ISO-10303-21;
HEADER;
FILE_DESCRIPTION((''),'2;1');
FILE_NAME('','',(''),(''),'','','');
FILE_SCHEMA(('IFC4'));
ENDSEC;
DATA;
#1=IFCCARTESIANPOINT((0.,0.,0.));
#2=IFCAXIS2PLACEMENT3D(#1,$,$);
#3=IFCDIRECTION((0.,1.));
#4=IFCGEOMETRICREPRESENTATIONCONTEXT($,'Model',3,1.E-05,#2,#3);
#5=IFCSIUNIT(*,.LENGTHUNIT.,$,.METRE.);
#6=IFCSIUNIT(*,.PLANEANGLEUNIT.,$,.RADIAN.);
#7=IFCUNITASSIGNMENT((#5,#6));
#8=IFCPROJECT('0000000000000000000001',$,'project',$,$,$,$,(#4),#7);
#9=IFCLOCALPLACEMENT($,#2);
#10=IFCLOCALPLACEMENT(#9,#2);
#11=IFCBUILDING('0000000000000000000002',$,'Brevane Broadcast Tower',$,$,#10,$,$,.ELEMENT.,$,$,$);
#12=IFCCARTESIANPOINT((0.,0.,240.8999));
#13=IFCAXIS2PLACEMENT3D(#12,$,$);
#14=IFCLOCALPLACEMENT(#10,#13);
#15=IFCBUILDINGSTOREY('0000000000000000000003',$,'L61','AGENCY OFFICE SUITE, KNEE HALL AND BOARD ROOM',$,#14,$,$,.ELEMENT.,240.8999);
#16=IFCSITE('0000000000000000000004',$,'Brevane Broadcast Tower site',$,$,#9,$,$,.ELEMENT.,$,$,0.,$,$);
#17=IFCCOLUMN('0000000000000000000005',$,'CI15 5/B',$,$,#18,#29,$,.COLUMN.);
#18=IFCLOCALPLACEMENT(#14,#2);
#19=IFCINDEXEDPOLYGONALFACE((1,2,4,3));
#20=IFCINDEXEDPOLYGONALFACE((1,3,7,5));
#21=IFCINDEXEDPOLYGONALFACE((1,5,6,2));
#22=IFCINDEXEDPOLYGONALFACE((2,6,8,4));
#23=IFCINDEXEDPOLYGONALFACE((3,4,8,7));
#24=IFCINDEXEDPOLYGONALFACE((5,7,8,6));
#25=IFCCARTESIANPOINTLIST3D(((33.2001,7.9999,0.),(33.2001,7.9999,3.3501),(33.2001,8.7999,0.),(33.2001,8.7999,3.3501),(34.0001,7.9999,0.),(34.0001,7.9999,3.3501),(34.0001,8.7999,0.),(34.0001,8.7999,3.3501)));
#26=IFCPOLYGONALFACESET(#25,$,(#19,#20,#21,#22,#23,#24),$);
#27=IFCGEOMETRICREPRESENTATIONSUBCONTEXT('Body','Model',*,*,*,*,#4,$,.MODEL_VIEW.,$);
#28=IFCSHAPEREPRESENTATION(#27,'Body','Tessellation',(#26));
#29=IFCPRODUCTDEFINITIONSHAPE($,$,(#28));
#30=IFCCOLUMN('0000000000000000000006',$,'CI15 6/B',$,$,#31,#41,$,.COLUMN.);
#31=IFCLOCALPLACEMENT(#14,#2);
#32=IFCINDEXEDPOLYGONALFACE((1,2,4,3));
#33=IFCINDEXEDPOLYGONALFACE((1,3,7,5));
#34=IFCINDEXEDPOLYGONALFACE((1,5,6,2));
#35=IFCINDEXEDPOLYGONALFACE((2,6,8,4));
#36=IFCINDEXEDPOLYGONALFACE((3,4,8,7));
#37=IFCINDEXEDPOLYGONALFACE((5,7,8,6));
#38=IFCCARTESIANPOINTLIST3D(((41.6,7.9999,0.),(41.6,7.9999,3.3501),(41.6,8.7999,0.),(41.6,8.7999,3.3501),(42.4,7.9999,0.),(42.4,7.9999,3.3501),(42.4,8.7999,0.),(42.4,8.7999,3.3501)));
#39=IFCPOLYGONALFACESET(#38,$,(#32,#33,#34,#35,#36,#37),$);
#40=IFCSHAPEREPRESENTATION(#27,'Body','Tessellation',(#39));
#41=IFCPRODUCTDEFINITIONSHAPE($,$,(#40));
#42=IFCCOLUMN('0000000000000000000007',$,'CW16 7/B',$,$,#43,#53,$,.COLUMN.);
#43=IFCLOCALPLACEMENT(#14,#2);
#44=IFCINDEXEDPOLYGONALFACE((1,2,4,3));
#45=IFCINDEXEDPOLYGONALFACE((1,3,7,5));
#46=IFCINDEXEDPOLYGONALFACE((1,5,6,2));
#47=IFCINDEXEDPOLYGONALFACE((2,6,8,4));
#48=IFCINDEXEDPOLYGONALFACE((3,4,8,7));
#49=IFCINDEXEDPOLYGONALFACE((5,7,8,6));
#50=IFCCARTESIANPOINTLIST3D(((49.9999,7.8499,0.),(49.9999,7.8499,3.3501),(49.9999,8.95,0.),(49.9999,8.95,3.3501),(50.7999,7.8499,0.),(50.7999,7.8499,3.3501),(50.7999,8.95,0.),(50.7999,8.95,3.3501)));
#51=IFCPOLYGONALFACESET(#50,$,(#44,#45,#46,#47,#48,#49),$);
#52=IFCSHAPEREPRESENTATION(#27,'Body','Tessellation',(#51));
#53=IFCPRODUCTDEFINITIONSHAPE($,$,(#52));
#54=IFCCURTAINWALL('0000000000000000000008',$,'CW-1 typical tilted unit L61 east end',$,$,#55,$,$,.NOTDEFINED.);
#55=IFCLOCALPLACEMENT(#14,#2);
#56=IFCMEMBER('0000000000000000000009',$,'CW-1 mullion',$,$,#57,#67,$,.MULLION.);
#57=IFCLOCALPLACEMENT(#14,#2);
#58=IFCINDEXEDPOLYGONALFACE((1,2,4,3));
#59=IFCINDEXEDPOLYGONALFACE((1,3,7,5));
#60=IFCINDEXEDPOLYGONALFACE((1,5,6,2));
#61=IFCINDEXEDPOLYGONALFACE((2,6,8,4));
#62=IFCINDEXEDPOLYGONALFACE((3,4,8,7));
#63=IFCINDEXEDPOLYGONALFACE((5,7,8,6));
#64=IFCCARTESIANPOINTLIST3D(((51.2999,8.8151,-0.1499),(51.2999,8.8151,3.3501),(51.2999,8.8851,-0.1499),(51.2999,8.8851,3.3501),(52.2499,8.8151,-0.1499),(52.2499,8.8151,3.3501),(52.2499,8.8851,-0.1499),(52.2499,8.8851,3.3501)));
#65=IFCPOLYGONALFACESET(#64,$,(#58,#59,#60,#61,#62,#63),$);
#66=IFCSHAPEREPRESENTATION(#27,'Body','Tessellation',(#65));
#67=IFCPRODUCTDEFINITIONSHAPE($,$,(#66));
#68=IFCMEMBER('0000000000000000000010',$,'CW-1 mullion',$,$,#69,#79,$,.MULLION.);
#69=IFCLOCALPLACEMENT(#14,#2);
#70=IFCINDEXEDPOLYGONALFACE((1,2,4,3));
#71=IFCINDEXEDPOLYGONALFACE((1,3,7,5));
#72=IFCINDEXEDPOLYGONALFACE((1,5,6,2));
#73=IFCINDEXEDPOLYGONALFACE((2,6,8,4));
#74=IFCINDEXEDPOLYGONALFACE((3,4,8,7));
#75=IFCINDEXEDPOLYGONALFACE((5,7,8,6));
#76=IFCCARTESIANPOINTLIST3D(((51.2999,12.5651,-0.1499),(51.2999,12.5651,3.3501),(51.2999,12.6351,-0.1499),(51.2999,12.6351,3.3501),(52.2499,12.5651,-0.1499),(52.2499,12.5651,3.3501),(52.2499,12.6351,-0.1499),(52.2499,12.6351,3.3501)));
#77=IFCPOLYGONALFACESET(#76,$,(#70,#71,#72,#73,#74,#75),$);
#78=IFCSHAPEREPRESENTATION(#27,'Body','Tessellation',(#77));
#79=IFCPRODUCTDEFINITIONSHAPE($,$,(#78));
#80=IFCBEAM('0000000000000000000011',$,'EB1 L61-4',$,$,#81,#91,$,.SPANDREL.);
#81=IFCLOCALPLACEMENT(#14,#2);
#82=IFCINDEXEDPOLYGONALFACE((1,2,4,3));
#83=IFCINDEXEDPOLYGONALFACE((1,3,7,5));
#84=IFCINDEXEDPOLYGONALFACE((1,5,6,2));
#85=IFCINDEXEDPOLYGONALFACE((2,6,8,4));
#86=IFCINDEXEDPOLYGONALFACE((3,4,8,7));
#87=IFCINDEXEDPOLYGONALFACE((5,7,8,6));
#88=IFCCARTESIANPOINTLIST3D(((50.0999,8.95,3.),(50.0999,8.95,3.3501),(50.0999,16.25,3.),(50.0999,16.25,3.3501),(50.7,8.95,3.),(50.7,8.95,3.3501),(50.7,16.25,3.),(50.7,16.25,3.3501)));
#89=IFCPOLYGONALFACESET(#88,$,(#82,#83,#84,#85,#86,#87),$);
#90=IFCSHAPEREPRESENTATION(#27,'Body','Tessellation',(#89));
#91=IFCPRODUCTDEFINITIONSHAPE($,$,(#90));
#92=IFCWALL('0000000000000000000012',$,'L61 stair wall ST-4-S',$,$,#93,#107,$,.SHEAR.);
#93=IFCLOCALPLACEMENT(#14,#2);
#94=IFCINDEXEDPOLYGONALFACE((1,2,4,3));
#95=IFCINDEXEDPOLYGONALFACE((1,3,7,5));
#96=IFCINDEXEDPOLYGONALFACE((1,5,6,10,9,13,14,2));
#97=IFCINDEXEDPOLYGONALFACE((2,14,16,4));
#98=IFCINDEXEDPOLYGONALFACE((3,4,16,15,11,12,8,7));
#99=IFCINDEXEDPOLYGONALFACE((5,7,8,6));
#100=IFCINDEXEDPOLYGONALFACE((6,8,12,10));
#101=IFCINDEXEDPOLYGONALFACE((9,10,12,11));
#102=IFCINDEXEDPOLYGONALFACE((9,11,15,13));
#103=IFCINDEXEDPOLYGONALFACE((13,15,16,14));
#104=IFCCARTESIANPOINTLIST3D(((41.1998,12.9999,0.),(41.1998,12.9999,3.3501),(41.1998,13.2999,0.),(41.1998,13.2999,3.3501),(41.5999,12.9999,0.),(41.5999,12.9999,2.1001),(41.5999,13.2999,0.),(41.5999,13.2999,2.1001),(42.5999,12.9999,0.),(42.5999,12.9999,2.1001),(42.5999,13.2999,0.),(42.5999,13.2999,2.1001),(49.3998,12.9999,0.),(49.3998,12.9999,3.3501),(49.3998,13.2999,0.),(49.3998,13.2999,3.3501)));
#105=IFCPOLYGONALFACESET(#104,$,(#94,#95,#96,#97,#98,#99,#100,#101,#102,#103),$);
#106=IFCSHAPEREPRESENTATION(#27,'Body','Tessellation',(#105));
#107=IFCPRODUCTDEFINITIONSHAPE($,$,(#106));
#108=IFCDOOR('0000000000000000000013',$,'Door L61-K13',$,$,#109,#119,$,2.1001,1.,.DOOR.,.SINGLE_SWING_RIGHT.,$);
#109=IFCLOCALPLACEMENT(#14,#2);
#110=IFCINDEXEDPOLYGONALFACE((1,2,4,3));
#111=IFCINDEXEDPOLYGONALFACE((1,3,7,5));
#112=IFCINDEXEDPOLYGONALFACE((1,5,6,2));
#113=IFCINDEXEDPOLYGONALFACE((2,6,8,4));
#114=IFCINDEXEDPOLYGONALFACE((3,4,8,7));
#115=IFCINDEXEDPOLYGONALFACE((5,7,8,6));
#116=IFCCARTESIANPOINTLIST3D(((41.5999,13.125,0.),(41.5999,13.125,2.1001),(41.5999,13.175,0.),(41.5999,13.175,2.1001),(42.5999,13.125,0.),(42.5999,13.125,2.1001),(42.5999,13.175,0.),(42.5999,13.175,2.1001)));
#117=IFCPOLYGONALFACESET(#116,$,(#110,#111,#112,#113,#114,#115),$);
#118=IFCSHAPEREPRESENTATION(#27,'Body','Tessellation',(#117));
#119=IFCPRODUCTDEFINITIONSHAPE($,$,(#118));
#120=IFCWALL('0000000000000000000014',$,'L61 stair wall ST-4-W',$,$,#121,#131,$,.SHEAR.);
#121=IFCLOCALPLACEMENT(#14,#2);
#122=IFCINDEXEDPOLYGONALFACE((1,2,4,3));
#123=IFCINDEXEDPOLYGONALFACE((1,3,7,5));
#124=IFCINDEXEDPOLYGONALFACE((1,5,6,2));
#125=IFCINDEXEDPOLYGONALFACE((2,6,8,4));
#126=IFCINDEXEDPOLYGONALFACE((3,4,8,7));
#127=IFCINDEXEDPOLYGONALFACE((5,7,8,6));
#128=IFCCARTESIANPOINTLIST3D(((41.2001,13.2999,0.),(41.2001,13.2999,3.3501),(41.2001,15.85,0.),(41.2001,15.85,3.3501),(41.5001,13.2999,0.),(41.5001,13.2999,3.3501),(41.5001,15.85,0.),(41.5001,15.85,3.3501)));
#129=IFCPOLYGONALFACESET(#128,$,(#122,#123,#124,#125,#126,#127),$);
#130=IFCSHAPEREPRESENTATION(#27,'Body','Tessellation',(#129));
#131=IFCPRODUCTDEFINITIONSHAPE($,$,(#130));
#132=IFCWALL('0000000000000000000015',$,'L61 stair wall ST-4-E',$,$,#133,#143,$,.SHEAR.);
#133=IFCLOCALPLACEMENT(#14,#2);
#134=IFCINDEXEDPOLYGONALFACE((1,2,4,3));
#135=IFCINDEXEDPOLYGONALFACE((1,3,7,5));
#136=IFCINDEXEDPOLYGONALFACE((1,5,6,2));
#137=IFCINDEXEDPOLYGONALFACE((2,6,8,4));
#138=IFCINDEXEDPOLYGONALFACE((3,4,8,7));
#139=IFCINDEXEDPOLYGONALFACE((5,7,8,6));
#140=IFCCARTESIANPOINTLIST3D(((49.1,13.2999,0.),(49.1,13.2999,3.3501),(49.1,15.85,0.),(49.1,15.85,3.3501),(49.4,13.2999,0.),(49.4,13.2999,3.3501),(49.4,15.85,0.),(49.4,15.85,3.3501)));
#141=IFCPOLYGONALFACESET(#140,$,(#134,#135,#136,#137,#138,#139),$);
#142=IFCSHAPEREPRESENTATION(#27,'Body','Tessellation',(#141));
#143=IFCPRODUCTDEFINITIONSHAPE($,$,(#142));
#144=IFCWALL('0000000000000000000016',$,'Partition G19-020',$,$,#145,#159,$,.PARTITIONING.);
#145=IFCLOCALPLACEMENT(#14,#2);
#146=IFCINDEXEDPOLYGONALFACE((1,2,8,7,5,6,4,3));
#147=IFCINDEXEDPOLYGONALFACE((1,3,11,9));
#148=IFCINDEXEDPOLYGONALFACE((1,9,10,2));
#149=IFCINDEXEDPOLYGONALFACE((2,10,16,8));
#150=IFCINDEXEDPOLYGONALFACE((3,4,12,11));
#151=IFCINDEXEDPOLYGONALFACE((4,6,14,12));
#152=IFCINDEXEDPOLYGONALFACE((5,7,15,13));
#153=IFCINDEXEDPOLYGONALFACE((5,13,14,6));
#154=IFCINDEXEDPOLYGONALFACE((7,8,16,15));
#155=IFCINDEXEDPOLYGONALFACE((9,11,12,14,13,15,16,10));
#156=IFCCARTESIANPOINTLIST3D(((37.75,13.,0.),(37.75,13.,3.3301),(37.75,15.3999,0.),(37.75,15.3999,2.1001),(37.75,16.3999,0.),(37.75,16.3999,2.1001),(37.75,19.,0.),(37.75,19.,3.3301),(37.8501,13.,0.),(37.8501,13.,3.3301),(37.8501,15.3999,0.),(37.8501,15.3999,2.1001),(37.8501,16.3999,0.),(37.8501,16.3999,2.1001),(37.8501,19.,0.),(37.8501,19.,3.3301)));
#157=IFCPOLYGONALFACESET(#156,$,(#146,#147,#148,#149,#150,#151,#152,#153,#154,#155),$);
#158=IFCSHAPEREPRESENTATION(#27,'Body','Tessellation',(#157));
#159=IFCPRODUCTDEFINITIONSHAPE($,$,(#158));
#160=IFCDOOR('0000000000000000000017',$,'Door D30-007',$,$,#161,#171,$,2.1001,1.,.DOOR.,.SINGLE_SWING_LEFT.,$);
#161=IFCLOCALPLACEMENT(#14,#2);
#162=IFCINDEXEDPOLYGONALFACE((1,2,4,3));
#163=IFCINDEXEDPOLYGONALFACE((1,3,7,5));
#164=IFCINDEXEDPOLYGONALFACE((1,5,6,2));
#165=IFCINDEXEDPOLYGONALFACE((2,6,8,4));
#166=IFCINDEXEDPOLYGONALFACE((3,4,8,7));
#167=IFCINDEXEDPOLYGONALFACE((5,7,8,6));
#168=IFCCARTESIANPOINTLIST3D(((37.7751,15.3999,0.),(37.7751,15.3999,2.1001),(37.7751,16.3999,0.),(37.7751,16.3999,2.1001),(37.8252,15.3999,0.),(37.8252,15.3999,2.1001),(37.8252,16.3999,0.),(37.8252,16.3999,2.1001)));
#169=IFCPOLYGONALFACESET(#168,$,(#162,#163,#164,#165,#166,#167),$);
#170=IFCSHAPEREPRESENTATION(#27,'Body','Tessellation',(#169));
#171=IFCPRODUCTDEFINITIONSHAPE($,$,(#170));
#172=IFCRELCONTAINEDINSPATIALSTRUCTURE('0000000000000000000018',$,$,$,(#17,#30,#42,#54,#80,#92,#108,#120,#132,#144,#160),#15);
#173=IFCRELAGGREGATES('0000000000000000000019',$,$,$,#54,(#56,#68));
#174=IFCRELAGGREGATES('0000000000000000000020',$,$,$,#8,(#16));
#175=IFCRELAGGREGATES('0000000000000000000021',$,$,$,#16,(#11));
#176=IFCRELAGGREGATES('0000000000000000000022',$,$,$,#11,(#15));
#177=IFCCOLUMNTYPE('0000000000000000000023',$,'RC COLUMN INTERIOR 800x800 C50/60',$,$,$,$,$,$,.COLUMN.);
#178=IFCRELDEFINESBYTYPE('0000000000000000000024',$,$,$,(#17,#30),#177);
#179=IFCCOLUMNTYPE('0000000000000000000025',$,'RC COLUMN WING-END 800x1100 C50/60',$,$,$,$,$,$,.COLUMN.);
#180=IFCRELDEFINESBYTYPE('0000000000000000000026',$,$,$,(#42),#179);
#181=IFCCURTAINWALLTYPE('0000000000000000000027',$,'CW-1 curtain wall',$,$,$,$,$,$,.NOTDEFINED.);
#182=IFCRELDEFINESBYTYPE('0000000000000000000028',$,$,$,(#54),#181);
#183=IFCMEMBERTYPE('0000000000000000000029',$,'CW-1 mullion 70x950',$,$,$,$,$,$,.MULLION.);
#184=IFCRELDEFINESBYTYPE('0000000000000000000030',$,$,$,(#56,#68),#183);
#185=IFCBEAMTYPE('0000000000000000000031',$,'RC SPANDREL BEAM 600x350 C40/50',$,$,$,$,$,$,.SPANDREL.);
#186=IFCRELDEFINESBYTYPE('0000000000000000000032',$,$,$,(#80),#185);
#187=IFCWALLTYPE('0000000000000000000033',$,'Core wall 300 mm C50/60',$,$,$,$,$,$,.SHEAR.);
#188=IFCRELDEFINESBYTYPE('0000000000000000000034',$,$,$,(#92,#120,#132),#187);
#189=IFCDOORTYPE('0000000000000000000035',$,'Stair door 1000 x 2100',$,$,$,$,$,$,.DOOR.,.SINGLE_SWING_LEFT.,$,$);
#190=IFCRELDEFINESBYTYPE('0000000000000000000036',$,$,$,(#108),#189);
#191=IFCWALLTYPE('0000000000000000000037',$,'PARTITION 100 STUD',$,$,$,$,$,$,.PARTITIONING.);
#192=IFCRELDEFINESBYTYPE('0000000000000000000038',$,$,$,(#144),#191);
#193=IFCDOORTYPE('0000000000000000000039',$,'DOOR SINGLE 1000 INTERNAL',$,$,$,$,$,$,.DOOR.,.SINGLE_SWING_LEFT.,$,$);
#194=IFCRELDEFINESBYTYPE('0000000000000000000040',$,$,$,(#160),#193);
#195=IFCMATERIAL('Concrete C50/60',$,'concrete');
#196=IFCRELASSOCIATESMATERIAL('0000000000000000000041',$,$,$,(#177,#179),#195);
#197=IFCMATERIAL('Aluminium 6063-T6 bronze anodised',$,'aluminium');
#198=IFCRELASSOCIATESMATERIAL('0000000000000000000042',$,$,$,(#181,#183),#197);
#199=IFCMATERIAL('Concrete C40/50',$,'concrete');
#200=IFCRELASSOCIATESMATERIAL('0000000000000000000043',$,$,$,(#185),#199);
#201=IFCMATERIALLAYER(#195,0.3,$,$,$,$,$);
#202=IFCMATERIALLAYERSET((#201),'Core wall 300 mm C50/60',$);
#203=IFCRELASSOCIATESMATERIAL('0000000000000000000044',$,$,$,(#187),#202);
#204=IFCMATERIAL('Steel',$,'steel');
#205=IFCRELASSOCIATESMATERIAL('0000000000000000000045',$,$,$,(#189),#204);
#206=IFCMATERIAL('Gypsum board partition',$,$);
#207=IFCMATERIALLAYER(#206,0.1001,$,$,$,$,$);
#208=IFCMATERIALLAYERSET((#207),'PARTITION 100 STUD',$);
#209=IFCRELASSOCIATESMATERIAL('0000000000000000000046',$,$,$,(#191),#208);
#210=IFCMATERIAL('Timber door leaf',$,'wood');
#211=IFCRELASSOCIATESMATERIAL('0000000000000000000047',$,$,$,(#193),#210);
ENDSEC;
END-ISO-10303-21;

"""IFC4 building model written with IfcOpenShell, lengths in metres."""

from ifc_helpers import new_model, si_unit, direction, frame, frame_2d, origin, origin_2d, place, context, subcontext, project, spatial, rectangle, extrude, material, layer, layer_set, material_profile, profile_set, type_object, element, fill, aggregate, save


model = new_model("IFC4")

# Units and contexts
model_context = context("Model", 3, precision=1e-05, world=origin(), true_north=direction((0.0, 1.0)))
body_context = subcontext(model_context, "Body", "Model", "MODEL_VIEW")
ifc_project = project(units=[si_unit("LENGTHUNIT", "METRE"), si_unit("PLANEANGLEUNIT", "RADIAN")], contexts=[model_context])

# Site, building, storey
site_placement = place(None, origin())
site = spatial("IfcSite", under=ifc_project, at=site_placement, Name="Brevane Broadcast Tower site", CompositionType="ELEMENT", RefElevation=0.0)
building_placement = place(site_placement, origin())
building = spatial("IfcBuilding", under=site, at=building_placement, Name="Brevane Broadcast Tower", CompositionType="ELEMENT")
storey_placement = place(building_placement, frame((0.0, 0.0, 240.8999)))
storey = spatial("IfcBuildingStorey", under=building, at=storey_placement, Name="L61", Description="AGENCY OFFICE SUITE, KNEE HALL AND BOARD ROOM", CompositionType="ELEMENT", Elevation=240.8999)

# Columns
ifc_material_1 = material(Name="Concrete C50/60", Category="concrete")
ifc_material_profile_1 = material_profile(ifc_material_1, rectangle(XDim=0.8, YDim=0.8, at=origin_2d()), Name="RC 800x800")
ifc_profile_set_1 = profile_set([ifc_material_profile_1], Name="Concrete C50/60")
column_type_1 = type_object("IfcColumnType", Name="RC COLUMN INTERIOR 800x800 C50/60", PredefinedType="COLUMN", material=ifc_profile_set_1)
for number, where, z_axis, x_axis, name in (
    (1, (33.6001, 8.3999, 0.0), (0.0, 0.0, 1.0), (1.0, 0.0, 0.0), "CI15 5/B"),
    (2, (42.0, 8.3999, 0.0), (0.0, 0.0, 1.0), (1.0, 0.0, 0.0), "CI15 6/B"),
):
    element("IfcColumn", number, at=place(storey_placement, frame(where, z_axis=z_axis, x_axis=x_axis)), inside=storey, type_object=column_type_1, Name=name, PredefinedType="COLUMN", context=body_context, shape_type="SweptSolid", body=[
        extrude(rectangle(XDim=0.8, YDim=0.8, at=origin_2d()), origin(), (0.0, 0.0, 1.0), 3.3501),
    ])
ifc_material_profile_2 = material_profile(ifc_material_1, rectangle(XDim=0.8, YDim=1.1001, at=origin_2d()), Name="RC 800x1100")
ifc_profile_set_2 = profile_set([ifc_material_profile_2], Name="Concrete C50/60")
column_type_2 = type_object("IfcColumnType", Name="RC COLUMN WING-END 800x1100 C50/60", PredefinedType="COLUMN", material=ifc_profile_set_2)
column_placement = place(storey_placement, frame((50.3999, 8.3999, 0.0), z_axis=(0.0, 0.0, 1.0), x_axis=(1.0, 0.0, 0.0)))
element("IfcColumn", 3, at=column_placement, inside=storey, type_object=column_type_2, Name="CW16 7/B", PredefinedType="COLUMN", context=body_context, shape_type="SweptSolid", body=[
    extrude(rectangle(XDim=0.8, YDim=1.1001, at=origin_2d()), origin(), (0.0, 0.0, 1.0), 3.3501),
])

# Curtain wall, members
ifc_material_2 = material(Name="Aluminium 6063-T6 bronze anodised", Category="aluminium")
curtain_wall_type = type_object("IfcCurtainWallType", Name="CW-1 curtain wall", PredefinedType="NOTDEFINED", material=ifc_material_2)
curtain_wall_placement = place(storey_placement, origin())
curtain_wall = element("IfcCurtainWall", 4, at=curtain_wall_placement, inside=storey, type_object=curtain_wall_type, Name="CW-1 typical tilted unit L61 east end", PredefinedType="NOTDEFINED")
ifc_material_profile_3 = material_profile(ifc_material_2, rectangle(XDim=0.95, YDim=0.0701, at=origin_2d()), Name="RECT 70x950")
ifc_profile_set_3 = profile_set([ifc_material_profile_3], Name="Aluminium 6063-T6 bronze anodised")
member_type = type_object("IfcMemberType", Name="CW-1 mullion 70x950", PredefinedType="MULLION", material=ifc_profile_set_3)
member_1_placement = place(storey_placement, frame((51.7749, 8.8501, -0.1499), z_axis=(0.0, 0.0, 1.0), x_axis=(-1.0, 0.0, 0.0)))
member_1 = element("IfcMember", 5, at=member_1_placement, type_object=member_type, Name="CW-1 mullion", PredefinedType="MULLION", context=body_context, shape_type="SweptSolid", body=[
    extrude(rectangle(XDim=0.95, YDim=0.0701, at=origin_2d()), origin(), (0.0, 0.0, 1.0), 3.5),
])
member_2_placement = place(storey_placement, frame((51.7749, 12.6001, -0.1499), z_axis=(0.0, 0.0, 1.0), x_axis=(-1.0, 0.0, 0.0)))
member_2 = element("IfcMember", 6, at=member_2_placement, type_object=member_type, Name="CW-1 mullion", PredefinedType="MULLION", context=body_context, shape_type="SweptSolid", body=[
    extrude(rectangle(XDim=0.95, YDim=0.0701, at=origin_2d()), origin(), (0.0, 0.0, 1.0), 3.5),
])
aggregate(curtain_wall, [member_1, member_2])

# Beam
ifc_material_3 = material(Name="Concrete C40/50", Category="concrete")
ifc_material_profile_4 = material_profile(ifc_material_3, rectangle(XDim=0.6001, YDim=0.3501, at=origin_2d()), Name="RC 600x350")
ifc_profile_set_4 = profile_set([ifc_material_profile_4], Name="Concrete C40/50")
beam_type = type_object("IfcBeamType", Name="RC SPANDREL BEAM 600x350 C40/50", PredefinedType="SPANDREL", material=ifc_profile_set_4)
beam_placement = place(storey_placement, frame((50.3999, 8.95, 3.175), z_axis=(0.0, 1.0, 0.0), x_axis=(-1.0, 0.0, 0.0)))
element("IfcBeam", 7, at=beam_placement, inside=storey, type_object=beam_type, Name="EB1 L61-4", PredefinedType="SPANDREL", context=body_context, shape_type="SweptSolid", body=[
    extrude(rectangle(XDim=0.6001, YDim=0.3501, at=origin_2d()), origin(), (0.0, 0.0, 1.0), 7.3),
])

# Wall, opening, door
ifc_layer_1 = layer(ifc_material_1, 0.3)
ifc_layer_set_1 = layer_set([ifc_layer_1], Name="Core wall 300 mm C50/60")
wall_type_1 = type_object("IfcWallType", Name="Core wall 300 mm C50/60", PredefinedType="SHEAR", material=ifc_layer_set_1)
wall_1_placement = place(storey_placement, frame((49.3999, 13.1499, 0.0), z_axis=(0.0, 0.0, 1.0), x_axis=(-1.0, 0.0, 0.0)))
wall_1 = element("IfcWall", 8, at=wall_1_placement, inside=storey, type_object=wall_type_1, Name="L61 stair wall ST-4-S", PredefinedType="SHEAR", context=body_context, shape_type="SweptSolid", body=[
    extrude(rectangle(XDim=8.2, YDim=0.3, at=frame_2d((4.1001, 0.0))), origin(), (0.0, 0.0, 1.0), 3.3501),
])
opening_1_placement = place(wall_1_placement, frame((6.8, 0.0, 0.0)))
opening_1 = element("IfcOpeningElement", 9, at=opening_1_placement, cuts=wall_1, PredefinedType="OPENING", context=body_context, shape_type="SweptSolid", body=[
    extrude(rectangle(XDim=1.0, YDim=2.1001, at=frame_2d((0.5, 1.05))), frame((0.0, 0.1599, 0.0), z_axis=(0.0, -1.0, 0.0), x_axis=(1.0, 0.0, 0.0)), (0.0, 0.0, 1.0), 0.3201),
])
ifc_material_4 = material(Name="Steel", Category="steel")
door_type_1 = type_object("IfcDoorType", Name="Stair door 1000 x 2100", OperationType="SINGLE_SWING_LEFT", PredefinedType="DOOR", material=ifc_material_4)
door_1_placement = place(opening_1_placement, origin())
door_1 = element("IfcDoor", 10, at=door_1_placement, inside=storey, type_object=door_type_1, Name="Door L61-K13", OperationType="SINGLE_SWING_RIGHT", OverallHeight=2.1001, OverallWidth=1.0, PredefinedType="DOOR", context=body_context, shape_type="SweptSolid", body=[
    extrude(rectangle(XDim=1.0, YDim=2.1001, at=frame_2d((0.5, 1.05))), frame((0.0, 0.0249, 0.0), z_axis=(0.0, -1.0, 0.0), x_axis=(1.0, 0.0, 0.0)), (0.0, 0.0, 1.0), 0.05),
])
fill(opening_1, door_1)

# Walls
for number, where, z_axis, x_axis, name in (
    (11, (41.3501, 13.3, 0.0), (0.0, 0.0, 1.0), (0.0, 1.0, 0.0), "L61 stair wall ST-4-W"),
    (12, (49.25, 13.3, 0.0), (0.0, 0.0, 1.0), (0.0, 1.0, 0.0), "L61 stair wall ST-4-E"),
):
    element("IfcWall", number, at=place(storey_placement, frame(where, z_axis=z_axis, x_axis=x_axis)), inside=storey, type_object=wall_type_1, Name=name, PredefinedType="SHEAR", context=body_context, shape_type="SweptSolid", body=[
        extrude(rectangle(XDim=2.55, YDim=0.3, at=frame_2d((1.2749, 0.0))), origin(), (0.0, 0.0, 1.0), 3.3501),
    ])

# Wall, opening, door
ifc_material_5 = material(Name="Gypsum board partition")
ifc_layer_2 = layer(ifc_material_5, 0.1001)
ifc_layer_set_2 = layer_set([ifc_layer_2], Name="PARTITION 100 STUD")
wall_type_2 = type_object("IfcWallType", Name="PARTITION 100 STUD", PredefinedType="PARTITIONING", material=ifc_layer_set_2)
wall_2_placement = place(storey_placement, frame((37.8, 13.0, 0.0), z_axis=(0.0, 0.0, 1.0), x_axis=(0.0, 1.0, 0.0)))
wall_2 = element("IfcWall", 13, at=wall_2_placement, inside=storey, type_object=wall_type_2, Name="Partition G19-020", PredefinedType="PARTITIONING", context=body_context, shape_type="SweptSolid", body=[
    extrude(rectangle(XDim=6.0, YDim=0.1001, at=frame_2d((3.0, 0.0))), origin(), (0.0, 0.0, 1.0), 3.3301),
])
opening_2_placement = place(wall_2_placement, frame((2.3999, 0.0, 0.0)))
opening_2 = element("IfcOpeningElement", 14, at=opening_2_placement, cuts=wall_2, PredefinedType="OPENING", context=body_context, shape_type="SweptSolid", body=[
    extrude(rectangle(XDim=1.0, YDim=2.1001, at=frame_2d((0.5, 1.05))), frame((0.0, 0.0601, 0.0), z_axis=(0.0, -1.0, 0.0), x_axis=(1.0, 0.0, 0.0)), (0.0, 0.0, 1.0), 0.1201),
])
ifc_material_6 = material(Name="Timber door leaf", Category="wood")
door_type_2 = type_object("IfcDoorType", Name="DOOR SINGLE 1000 INTERNAL", OperationType="SINGLE_SWING_LEFT", PredefinedType="DOOR", material=ifc_material_6)
door_2_placement = place(opening_2_placement, origin())
door_2 = element("IfcDoor", 15, at=door_2_placement, inside=storey, type_object=door_type_2, Name="Door D30-007", OperationType="SINGLE_SWING_LEFT", OverallHeight=2.1001, OverallWidth=1.0, PredefinedType="DOOR", context=body_context, shape_type="SweptSolid", body=[
    extrude(rectangle(XDim=1.0, YDim=2.1001, at=frame_2d((0.5, 1.05))), frame((0.0, 0.0249, 0.0), z_axis=(0.0, -1.0, 0.0), x_axis=(1.0, 0.0, 0.0)), (0.0, 0.0, 1.0), 0.05),
])
fill(opening_2, door_2)

save(model, "model.ifc")
